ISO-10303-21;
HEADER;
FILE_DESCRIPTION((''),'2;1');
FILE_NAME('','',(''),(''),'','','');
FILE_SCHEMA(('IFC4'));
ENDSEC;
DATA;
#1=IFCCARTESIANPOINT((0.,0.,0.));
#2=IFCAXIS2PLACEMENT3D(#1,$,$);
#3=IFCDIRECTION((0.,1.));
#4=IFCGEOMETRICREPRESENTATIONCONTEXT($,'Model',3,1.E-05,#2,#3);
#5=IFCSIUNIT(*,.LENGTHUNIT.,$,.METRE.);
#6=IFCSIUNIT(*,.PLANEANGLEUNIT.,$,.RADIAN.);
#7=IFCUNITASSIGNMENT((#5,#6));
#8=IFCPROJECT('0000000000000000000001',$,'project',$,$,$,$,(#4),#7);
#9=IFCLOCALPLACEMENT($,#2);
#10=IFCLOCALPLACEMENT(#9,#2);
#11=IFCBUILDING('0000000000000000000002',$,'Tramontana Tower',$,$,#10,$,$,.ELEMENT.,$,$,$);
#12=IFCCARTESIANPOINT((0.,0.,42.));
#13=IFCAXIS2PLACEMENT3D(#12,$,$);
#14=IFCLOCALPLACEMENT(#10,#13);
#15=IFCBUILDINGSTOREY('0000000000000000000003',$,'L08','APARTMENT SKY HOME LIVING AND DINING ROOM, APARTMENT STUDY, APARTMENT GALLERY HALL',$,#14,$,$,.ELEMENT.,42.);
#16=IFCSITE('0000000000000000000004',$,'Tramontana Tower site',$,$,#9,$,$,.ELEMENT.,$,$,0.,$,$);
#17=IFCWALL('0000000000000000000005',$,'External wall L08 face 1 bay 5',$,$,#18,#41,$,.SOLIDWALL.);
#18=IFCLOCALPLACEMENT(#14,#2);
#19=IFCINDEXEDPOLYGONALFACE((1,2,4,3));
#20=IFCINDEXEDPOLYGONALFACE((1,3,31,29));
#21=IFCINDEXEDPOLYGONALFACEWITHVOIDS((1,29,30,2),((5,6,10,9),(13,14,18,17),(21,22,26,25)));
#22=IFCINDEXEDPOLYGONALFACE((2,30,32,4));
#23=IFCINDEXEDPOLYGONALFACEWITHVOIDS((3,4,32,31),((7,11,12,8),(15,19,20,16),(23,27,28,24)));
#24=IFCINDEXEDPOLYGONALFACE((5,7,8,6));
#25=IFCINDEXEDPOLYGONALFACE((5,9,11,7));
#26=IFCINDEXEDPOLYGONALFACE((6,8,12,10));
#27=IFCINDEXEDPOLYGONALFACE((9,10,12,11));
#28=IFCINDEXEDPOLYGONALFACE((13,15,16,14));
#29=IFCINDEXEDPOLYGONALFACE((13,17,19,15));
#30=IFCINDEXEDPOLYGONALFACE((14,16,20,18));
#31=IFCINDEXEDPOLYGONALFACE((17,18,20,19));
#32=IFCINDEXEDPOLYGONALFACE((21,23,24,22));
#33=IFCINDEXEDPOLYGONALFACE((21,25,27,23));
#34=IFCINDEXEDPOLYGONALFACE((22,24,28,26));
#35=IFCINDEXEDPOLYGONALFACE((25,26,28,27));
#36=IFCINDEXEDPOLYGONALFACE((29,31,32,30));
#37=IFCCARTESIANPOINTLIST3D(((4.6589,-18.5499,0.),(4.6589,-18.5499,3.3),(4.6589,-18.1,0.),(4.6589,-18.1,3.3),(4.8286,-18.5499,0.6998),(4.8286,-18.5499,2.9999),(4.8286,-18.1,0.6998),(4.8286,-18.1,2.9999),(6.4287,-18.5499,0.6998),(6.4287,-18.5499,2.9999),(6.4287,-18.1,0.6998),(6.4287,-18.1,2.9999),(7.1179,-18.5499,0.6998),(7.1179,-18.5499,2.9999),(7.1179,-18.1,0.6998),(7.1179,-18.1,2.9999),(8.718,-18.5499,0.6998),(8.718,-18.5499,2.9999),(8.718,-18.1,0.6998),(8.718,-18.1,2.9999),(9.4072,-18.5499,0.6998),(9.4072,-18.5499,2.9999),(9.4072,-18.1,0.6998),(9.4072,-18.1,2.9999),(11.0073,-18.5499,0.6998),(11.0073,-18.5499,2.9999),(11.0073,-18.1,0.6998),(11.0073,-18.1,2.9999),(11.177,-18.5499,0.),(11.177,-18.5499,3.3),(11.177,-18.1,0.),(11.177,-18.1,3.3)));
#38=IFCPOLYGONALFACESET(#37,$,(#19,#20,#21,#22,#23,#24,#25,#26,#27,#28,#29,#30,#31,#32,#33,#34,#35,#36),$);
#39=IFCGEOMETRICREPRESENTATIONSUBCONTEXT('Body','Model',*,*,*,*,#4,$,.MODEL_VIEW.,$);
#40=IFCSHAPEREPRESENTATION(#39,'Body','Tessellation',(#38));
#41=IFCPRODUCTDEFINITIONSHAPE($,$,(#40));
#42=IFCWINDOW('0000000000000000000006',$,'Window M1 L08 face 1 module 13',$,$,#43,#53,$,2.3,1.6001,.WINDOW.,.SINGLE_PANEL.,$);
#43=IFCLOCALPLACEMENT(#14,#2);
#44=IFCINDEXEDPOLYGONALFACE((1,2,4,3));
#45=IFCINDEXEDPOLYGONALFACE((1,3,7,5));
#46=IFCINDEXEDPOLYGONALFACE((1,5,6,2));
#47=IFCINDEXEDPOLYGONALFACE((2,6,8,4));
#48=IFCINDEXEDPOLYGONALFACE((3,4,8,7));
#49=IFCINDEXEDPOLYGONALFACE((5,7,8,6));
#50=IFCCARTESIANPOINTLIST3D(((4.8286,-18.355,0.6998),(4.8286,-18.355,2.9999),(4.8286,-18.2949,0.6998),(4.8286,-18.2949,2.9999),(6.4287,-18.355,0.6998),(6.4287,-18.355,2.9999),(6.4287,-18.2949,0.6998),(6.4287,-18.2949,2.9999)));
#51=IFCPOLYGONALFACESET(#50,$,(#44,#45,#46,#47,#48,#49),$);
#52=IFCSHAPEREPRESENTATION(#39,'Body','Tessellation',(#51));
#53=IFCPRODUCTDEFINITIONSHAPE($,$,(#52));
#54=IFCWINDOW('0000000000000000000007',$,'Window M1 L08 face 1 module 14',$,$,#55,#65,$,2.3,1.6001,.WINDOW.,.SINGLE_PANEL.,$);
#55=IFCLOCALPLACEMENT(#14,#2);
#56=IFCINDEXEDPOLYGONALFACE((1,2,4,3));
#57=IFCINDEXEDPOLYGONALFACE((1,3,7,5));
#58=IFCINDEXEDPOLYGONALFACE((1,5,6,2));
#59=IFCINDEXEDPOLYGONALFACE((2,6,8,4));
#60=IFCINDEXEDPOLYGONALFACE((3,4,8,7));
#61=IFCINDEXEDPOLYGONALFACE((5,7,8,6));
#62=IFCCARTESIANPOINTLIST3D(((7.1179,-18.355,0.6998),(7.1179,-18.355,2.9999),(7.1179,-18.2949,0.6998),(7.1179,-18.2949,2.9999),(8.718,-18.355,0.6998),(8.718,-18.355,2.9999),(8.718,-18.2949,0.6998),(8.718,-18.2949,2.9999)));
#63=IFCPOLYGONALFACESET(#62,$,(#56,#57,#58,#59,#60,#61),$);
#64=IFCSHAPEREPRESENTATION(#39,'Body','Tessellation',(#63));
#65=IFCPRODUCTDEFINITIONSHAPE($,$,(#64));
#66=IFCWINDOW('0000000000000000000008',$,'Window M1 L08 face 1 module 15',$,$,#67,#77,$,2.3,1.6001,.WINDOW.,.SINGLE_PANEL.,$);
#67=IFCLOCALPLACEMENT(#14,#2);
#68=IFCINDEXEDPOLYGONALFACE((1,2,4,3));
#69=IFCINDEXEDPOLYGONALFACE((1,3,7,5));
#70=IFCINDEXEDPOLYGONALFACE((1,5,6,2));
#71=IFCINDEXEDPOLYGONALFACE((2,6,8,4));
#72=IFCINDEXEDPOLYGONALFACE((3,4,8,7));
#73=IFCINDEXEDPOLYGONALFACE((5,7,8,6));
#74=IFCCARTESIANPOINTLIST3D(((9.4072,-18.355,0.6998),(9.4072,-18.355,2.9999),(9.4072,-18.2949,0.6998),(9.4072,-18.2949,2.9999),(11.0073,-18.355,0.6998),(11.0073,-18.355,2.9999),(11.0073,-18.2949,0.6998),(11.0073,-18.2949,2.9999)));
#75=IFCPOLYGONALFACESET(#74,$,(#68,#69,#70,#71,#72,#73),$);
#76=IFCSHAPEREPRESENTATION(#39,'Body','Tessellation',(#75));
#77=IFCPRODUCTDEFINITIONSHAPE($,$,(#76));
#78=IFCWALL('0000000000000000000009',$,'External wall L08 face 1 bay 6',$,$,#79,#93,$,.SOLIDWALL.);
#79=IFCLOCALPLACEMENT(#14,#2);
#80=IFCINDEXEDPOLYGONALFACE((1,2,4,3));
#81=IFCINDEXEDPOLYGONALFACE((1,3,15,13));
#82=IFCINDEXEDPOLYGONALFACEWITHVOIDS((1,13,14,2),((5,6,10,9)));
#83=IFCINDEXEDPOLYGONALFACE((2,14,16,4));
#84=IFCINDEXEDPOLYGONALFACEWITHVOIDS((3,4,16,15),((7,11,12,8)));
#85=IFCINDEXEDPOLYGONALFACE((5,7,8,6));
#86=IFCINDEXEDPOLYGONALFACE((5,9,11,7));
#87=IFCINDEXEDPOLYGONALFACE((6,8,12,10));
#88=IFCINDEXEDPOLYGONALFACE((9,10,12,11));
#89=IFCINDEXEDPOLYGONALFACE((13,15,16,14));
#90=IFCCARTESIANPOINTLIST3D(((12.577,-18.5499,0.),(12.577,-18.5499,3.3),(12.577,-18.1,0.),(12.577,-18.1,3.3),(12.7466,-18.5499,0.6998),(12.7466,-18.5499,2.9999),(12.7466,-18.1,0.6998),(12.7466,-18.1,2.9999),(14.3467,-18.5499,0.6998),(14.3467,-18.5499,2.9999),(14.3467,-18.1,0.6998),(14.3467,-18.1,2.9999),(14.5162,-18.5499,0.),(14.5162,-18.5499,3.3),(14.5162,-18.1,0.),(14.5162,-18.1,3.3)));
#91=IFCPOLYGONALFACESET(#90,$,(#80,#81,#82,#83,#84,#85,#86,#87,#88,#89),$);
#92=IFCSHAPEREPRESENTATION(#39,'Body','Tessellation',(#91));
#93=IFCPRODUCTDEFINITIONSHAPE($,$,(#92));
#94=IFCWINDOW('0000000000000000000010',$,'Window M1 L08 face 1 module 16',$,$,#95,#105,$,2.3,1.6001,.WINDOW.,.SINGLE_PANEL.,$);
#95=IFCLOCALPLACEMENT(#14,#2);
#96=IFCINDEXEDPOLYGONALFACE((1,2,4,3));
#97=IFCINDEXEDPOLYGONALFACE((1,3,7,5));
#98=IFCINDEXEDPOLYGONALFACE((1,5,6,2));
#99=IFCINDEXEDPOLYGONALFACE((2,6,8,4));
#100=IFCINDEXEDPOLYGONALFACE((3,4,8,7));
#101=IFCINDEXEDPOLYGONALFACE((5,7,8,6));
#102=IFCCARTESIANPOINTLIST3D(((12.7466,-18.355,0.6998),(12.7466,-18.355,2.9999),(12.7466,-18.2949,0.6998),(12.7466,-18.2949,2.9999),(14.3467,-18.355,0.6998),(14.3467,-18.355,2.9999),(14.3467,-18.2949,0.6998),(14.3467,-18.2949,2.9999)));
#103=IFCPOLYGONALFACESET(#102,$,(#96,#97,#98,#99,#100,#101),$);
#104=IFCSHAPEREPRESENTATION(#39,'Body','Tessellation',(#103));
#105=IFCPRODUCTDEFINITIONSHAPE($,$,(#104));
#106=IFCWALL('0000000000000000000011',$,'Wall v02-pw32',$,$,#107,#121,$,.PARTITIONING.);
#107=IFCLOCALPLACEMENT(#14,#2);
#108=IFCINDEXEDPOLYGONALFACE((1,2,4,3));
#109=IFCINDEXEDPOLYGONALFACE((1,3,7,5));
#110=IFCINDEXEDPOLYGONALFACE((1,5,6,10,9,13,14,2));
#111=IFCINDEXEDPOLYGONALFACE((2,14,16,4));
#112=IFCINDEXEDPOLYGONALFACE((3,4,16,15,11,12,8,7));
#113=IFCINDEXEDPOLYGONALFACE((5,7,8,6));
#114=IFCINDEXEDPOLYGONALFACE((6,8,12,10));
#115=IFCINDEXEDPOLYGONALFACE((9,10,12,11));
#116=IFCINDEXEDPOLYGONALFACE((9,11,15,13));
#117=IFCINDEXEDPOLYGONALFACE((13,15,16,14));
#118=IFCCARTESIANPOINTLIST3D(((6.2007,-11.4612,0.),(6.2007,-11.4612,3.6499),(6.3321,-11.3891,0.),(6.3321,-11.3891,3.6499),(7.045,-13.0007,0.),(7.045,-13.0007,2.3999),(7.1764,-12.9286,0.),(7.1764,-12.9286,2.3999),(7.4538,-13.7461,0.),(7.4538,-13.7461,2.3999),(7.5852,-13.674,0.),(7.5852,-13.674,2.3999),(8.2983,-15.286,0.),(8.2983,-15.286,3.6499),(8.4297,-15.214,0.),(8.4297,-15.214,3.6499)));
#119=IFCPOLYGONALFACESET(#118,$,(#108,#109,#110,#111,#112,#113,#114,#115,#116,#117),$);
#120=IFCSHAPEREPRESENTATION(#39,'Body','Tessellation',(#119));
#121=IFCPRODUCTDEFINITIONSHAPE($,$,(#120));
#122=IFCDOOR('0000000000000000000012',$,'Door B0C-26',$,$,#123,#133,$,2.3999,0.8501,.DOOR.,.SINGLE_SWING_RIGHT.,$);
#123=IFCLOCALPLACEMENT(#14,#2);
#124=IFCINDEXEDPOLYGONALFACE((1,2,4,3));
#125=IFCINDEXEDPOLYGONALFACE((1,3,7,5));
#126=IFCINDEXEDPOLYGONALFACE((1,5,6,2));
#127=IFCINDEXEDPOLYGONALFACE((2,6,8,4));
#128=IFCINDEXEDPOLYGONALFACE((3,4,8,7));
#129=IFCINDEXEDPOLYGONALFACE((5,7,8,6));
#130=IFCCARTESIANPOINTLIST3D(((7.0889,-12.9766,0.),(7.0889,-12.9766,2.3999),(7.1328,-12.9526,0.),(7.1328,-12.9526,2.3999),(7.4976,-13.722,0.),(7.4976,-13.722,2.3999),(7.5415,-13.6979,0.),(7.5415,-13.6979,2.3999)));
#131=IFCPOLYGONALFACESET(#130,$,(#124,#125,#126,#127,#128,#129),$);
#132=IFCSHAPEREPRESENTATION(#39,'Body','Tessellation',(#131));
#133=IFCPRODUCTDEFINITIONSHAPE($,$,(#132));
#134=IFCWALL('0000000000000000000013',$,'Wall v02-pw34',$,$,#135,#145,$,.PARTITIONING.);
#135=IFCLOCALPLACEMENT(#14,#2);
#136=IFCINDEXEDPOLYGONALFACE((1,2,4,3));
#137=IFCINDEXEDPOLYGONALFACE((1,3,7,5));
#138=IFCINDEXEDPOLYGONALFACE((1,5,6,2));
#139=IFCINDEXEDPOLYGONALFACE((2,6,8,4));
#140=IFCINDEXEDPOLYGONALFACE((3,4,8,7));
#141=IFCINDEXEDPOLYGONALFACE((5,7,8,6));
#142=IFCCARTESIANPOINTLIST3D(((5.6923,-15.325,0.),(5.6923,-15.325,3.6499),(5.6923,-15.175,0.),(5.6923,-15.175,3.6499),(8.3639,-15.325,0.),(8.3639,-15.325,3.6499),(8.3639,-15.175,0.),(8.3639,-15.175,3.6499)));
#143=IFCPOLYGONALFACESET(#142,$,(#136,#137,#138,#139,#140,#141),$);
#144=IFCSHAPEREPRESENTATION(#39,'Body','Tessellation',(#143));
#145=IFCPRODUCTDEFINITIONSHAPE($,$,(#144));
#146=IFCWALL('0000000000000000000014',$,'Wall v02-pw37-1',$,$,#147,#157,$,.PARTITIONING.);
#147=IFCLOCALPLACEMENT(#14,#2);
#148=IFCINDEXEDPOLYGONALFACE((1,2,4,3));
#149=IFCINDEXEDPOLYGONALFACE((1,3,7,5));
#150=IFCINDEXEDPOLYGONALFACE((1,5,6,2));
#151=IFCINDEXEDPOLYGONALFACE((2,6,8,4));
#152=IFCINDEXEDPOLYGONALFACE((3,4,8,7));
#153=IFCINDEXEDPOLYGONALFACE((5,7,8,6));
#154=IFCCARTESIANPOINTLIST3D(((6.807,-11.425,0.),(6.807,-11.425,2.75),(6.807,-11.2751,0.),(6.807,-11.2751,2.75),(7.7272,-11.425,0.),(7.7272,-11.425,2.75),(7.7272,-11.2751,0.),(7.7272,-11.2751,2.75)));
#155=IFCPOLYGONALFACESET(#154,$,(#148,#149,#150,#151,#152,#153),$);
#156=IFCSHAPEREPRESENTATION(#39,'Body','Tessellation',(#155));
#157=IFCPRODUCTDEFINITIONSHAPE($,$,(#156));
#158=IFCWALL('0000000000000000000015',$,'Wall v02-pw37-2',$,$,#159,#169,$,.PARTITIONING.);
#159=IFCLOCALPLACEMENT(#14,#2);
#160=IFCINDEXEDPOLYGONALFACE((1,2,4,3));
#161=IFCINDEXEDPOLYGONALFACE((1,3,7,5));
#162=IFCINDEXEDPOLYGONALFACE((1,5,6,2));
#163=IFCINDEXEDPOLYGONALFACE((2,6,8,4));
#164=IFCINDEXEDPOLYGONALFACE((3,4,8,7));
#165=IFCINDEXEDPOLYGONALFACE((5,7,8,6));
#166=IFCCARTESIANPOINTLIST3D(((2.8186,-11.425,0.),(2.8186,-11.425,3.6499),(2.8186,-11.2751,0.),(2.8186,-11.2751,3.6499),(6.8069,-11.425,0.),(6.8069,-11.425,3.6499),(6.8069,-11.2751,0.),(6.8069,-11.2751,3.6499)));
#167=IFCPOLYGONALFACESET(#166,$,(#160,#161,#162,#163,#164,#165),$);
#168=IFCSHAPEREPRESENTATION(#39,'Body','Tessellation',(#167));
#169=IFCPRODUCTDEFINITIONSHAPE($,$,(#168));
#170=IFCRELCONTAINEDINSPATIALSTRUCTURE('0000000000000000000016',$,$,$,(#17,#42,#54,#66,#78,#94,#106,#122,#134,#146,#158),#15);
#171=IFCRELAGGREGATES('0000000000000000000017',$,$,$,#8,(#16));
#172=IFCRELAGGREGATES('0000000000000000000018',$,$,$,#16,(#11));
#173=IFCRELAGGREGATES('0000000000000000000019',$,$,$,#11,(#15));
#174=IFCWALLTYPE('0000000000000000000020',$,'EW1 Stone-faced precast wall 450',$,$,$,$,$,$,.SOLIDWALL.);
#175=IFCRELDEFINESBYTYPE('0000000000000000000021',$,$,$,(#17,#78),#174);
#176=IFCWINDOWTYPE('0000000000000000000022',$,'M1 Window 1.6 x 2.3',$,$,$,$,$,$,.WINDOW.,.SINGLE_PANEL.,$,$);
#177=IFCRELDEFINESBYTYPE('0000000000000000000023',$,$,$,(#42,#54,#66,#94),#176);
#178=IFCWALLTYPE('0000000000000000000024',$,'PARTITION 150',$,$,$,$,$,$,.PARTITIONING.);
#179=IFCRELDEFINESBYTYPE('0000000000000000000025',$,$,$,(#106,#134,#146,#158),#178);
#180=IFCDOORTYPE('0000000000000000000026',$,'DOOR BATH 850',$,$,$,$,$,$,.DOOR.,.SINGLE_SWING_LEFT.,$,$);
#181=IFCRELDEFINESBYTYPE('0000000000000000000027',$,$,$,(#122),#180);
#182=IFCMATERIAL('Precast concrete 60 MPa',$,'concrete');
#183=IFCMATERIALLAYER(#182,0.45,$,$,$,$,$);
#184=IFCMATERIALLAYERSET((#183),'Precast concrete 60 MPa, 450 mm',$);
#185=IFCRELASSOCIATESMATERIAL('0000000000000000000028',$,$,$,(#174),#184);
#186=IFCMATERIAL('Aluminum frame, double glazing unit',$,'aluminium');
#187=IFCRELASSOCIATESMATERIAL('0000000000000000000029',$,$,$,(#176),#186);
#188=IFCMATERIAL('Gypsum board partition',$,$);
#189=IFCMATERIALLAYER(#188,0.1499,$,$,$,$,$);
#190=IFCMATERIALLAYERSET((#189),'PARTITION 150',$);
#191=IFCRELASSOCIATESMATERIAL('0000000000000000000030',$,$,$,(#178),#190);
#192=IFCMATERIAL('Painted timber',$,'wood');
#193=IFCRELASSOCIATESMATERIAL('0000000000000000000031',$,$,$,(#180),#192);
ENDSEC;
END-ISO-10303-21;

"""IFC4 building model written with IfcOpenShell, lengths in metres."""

from ifc_helpers import new_model, si_unit, direction, frame, frame_2d, origin, place, context, subcontext, project, spatial, rectangle, extrude, material, layer, layer_set, type_object, element, fill, save


model = new_model("IFC4")

# Units and contexts
model_context = context("Model", 3, precision=1e-05, world=origin(), true_north=direction((0.0, 1.0)))
body_context = subcontext(model_context, "Body", "Model", "MODEL_VIEW")
ifc_project = project(units=[si_unit("LENGTHUNIT", "METRE"), si_unit("PLANEANGLEUNIT", "RADIAN")], contexts=[model_context])

# Site, building, storey
site_placement = place(None, origin())
site = spatial("IfcSite", under=ifc_project, at=site_placement, Name="Tramontana Tower site", CompositionType="ELEMENT", RefElevation=0.0)
building_placement = place(site_placement, origin())
building = spatial("IfcBuilding", under=site, at=building_placement, Name="Tramontana Tower", CompositionType="ELEMENT")
storey_placement = place(building_placement, frame((0.0, 0.0, 42.0)))
storey = spatial("IfcBuildingStorey", under=building, at=storey_placement, Name="L08", Description="APARTMENT SKY HOME LIVING AND DINING ROOM, APARTMENT STUDY, APARTMENT GALLERY HALL", CompositionType="ELEMENT", Elevation=42.0)

# Wall, openings, windows
ifc_material_1 = material(Name="Precast concrete 60 MPa", Category="concrete")
ifc_layer_1 = layer(ifc_material_1, 0.45)
ifc_layer_set_1 = layer_set([ifc_layer_1], Name="Precast concrete 60 MPa, 450 mm")
wall_type_1 = type_object("IfcWallType", Name="EW1 Stone-faced precast wall 450", PredefinedType="SOLIDWALL", material=ifc_layer_set_1)
wall_1_placement = place(storey_placement, frame((4.6589, -18.325, 0.0), z_axis=(0.0, 0.0, 1.0), x_axis=(1.0, 0.0, 0.0)))
wall_1 = element("IfcWall", 1, at=wall_1_placement, inside=storey, type_object=wall_type_1, Name="External wall L08 face 1 bay 5", PredefinedType="SOLIDWALL", context=body_context, shape_type="SweptSolid", body=[
    extrude(rectangle(XDim=6.5181, YDim=0.45, at=frame_2d((3.259, 0.0))), origin(), (0.0, 0.0, 1.0), 3.3),
])
opening_1_placement = place(wall_1_placement, frame((0.1697, 0.0, 0.7)))
opening_1 = element("IfcOpeningElement", 2, at=opening_1_placement, cuts=wall_1, PredefinedType="OPENING", context=body_context, shape_type="SweptSolid", body=[
    extrude(rectangle(XDim=1.6001, YDim=2.3, at=frame_2d((0.8, 1.1499))), frame((0.0, 0.2349, 0.0), z_axis=(0.0, -1.0, 0.0), x_axis=(1.0, 0.0, 0.0)), (0.0, 0.0, 1.0), 0.47),
])
opening_2_placement = place(wall_1_placement, frame((2.459, 0.0, 0.7)))
opening_2 = element("IfcOpeningElement", 3, at=opening_2_placement, cuts=wall_1, PredefinedType="OPENING", context=body_context, shape_type="SweptSolid", body=[
    extrude(rectangle(XDim=1.6001, YDim=2.3, at=frame_2d((0.8, 1.1499))), frame((0.0, 0.2349, 0.0), z_axis=(0.0, -1.0, 0.0), x_axis=(1.0, 0.0, 0.0)), (0.0, 0.0, 1.0), 0.47),
])
opening_3_placement = place(wall_1_placement, frame((4.7483, 0.0, 0.7)))
opening_3 = element("IfcOpeningElement", 4, at=opening_3_placement, cuts=wall_1, PredefinedType="OPENING", context=body_context, shape_type="SweptSolid", body=[
    extrude(rectangle(XDim=1.6001, YDim=2.3, at=frame_2d((0.8, 1.1499))), frame((0.0, 0.2349, 0.0), z_axis=(0.0, -1.0, 0.0), x_axis=(1.0, 0.0, 0.0)), (0.0, 0.0, 1.0), 0.47),
])
ifc_material_2 = material(Name="Aluminum frame, double glazing unit", Category="aluminium")
window_type = type_object("IfcWindowType", Name="M1 Window 1.6 x 2.3", PartitioningType="SINGLE_PANEL", PredefinedType="WINDOW", material=ifc_material_2)
window_1_placement = place(opening_1_placement, origin())
window_1 = element("IfcWindow", 5, at=window_1_placement, inside=storey, type_object=window_type, Name="Window M1 L08 face 1 module 13", OverallHeight=2.3, OverallWidth=1.6001, PartitioningType="SINGLE_PANEL", PredefinedType="WINDOW", context=body_context, shape_type="SweptSolid", body=[
    extrude(rectangle(XDim=1.6001, YDim=2.3, at=frame_2d((0.8, 1.1499))), frame((0.0, 0.03, 0.0), z_axis=(0.0, -1.0, 0.0), x_axis=(1.0, 0.0, 0.0)), (0.0, 0.0, 1.0), 0.0601),
])
fill(opening_1, window_1)
window_2_placement = place(opening_2_placement, origin())
window_2 = element("IfcWindow", 6, at=window_2_placement, inside=storey, type_object=window_type, Name="Window M1 L08 face 1 module 14", OverallHeight=2.3, OverallWidth=1.6001, PartitioningType="SINGLE_PANEL", PredefinedType="WINDOW", context=body_context, shape_type="SweptSolid", body=[
    extrude(rectangle(XDim=1.6001, YDim=2.3, at=frame_2d((0.8, 1.1499))), frame((0.0, 0.03, 0.0), z_axis=(0.0, -1.0, 0.0), x_axis=(1.0, 0.0, 0.0)), (0.0, 0.0, 1.0), 0.0601),
])
fill(opening_2, window_2)
window_3_placement = place(opening_3_placement, origin())
window_3 = element("IfcWindow", 7, at=window_3_placement, inside=storey, type_object=window_type, Name="Window M1 L08 face 1 module 15", OverallHeight=2.3, OverallWidth=1.6001, PartitioningType="SINGLE_PANEL", PredefinedType="WINDOW", context=body_context, shape_type="SweptSolid", body=[
    extrude(rectangle(XDim=1.6001, YDim=2.3, at=frame_2d((0.8, 1.1499))), frame((0.0, 0.03, 0.0), z_axis=(0.0, -1.0, 0.0), x_axis=(1.0, 0.0, 0.0)), (0.0, 0.0, 1.0), 0.0601),
])
fill(opening_3, window_3)

# Wall, opening, window
wall_2_placement = place(storey_placement, frame((12.5769, -18.325, 0.0), z_axis=(0.0, 0.0, 1.0), x_axis=(1.0, 0.0, 0.0)))
wall_2 = element("IfcWall", 8, at=wall_2_placement, inside=storey, type_object=wall_type_1, Name="External wall L08 face 1 bay 6", PredefinedType="SOLIDWALL", context=body_context, shape_type="SweptSolid", body=[
    extrude(rectangle(XDim=1.9392, YDim=0.45, at=frame_2d((0.9697, 0.0))), origin(), (0.0, 0.0, 1.0), 3.3),
])
opening_4_placement = place(wall_2_placement, frame((0.1697, 0.0, 0.7)))
opening_4 = element("IfcOpeningElement", 9, at=opening_4_placement, cuts=wall_2, PredefinedType="OPENING", context=body_context, shape_type="SweptSolid", body=[
    extrude(rectangle(XDim=1.6001, YDim=2.3, at=frame_2d((0.8, 1.1499))), frame((0.0, 0.2349, 0.0), z_axis=(0.0, -1.0, 0.0), x_axis=(1.0, 0.0, 0.0)), (0.0, 0.0, 1.0), 0.47),
])
window_4_placement = place(opening_4_placement, origin())
window_4 = element("IfcWindow", 10, at=window_4_placement, inside=storey, type_object=window_type, Name="Window M1 L08 face 1 module 16", OverallHeight=2.3, OverallWidth=1.6001, PartitioningType="SINGLE_PANEL", PredefinedType="WINDOW", context=body_context, shape_type="SweptSolid", body=[
    extrude(rectangle(XDim=1.6001, YDim=2.3, at=frame_2d((0.8, 1.1499))), frame((0.0, 0.03, 0.0), z_axis=(0.0, -1.0, 0.0), x_axis=(1.0, 0.0, 0.0)), (0.0, 0.0, 1.0), 0.0601),
])
fill(opening_4, window_4)

# Wall, opening, door
ifc_material_3 = material(Name="Gypsum board partition")
ifc_layer_2 = layer(ifc_material_3, 0.1499)
ifc_layer_set_2 = layer_set([ifc_layer_2], Name="PARTITION 150")
wall_type_2 = type_object("IfcWallType", Name="PARTITION 150", PredefinedType="PARTITIONING", material=ifc_layer_set_2)
wall_3_placement = place(storey_placement, frame((8.364, -15.25, 0.0), z_axis=(0.0, 0.0, 1.0), x_axis=(-0.480851, 0.876803, 0.0)))
wall_3 = element("IfcWall", 11, at=wall_3_placement, inside=storey, type_object=wall_type_2, Name="Wall v02-pw32", PredefinedType="PARTITIONING", context=body_context, shape_type="SweptSolid", body=[
    extrude(rectangle(XDim=4.3623, YDim=0.1499, at=frame_2d((2.1812, 0.0))), origin(), (0.0, 0.0, 1.0), 3.6499),
])
opening_5_placement = place(wall_3_placement, frame((1.7563, 0.0, 0.0)))
opening_5 = element("IfcOpeningElement", 12, at=opening_5_placement, cuts=wall_3, PredefinedType="OPENING", context=body_context, shape_type="SweptSolid", body=[
    extrude(rectangle(XDim=0.8501, YDim=2.3999, at=frame_2d((0.425, 1.2))), frame((0.0, 0.085, 0.0), z_axis=(0.0, -1.0, 0.0), x_axis=(1.0, 0.0, 0.0)), (0.0, 0.0, 1.0), 0.1699),
])
ifc_material_4 = material(Name="Painted timber", Category="wood")
door_type_1 = type_object("IfcDoorType", Name="DOOR BATH 850", OperationType="SINGLE_SWING_LEFT", PredefinedType="DOOR", material=ifc_material_4)
door_1_placement = place(opening_5_placement, origin())
door_1 = element("IfcDoor", 13, at=door_1_placement, inside=storey, type_object=door_type_1, Name="Door B0C-26", OperationType="SINGLE_SWING_RIGHT", OverallHeight=2.3999, OverallWidth=0.8501, PredefinedType="DOOR", context=body_context, shape_type="SweptSolid", body=[
    extrude(rectangle(XDim=0.8501, YDim=2.3999, at=frame_2d((0.425, 1.2))), frame((0.0, 0.0249, 0.0), z_axis=(0.0, -1.0, 0.0), x_axis=(1.0, 0.0, 0.0)), (0.0, 0.0, 1.0), 0.05),
])
fill(opening_5, door_1)

# Wall
wall_4_placement = place(storey_placement, frame((8.364, -15.25, 0.0), z_axis=(0.0, 0.0, 1.0), x_axis=(-1.0, 0.0, 0.0)))
element("IfcWall", 14, at=wall_4_placement, inside=storey, type_object=wall_type_2, Name="Wall v02-pw34", PredefinedType="PARTITIONING", context=body_context, shape_type="SweptSolid", body=[
    extrude(rectangle(XDim=2.6716, YDim=0.1499, at=frame_2d((1.3359, 0.0))), origin(), (0.0, 0.0, 1.0), 3.6499),
])

# Walls
wall_5_placement = place(storey_placement, frame((7.7271, -11.3501, 0.0), z_axis=(0.0, 0.0, 1.0), x_axis=(-1.0, 0.0, 0.0)))
element("IfcWall", 15, at=wall_5_placement, inside=storey, type_object=wall_type_2, Name="Wall v02-pw37-1", PredefinedType="PARTITIONING", context=body_context, shape_type="SweptSolid", body=[
    extrude(rectangle(XDim=0.9202, YDim=0.1499, at=frame_2d((0.46, 0.0))), origin(), (0.0, 0.0, 1.0), 2.75),
])
wall_6_placement = place(storey_placement, frame((6.8069, -11.3501, 0.0), z_axis=(0.0, 0.0, 1.0), x_axis=(-1.0, 0.0, 0.0)))
element("IfcWall", 16, at=wall_6_placement, inside=storey, type_object=wall_type_2, Name="Wall v02-pw37-2", PredefinedType="PARTITIONING", context=body_context, shape_type="SweptSolid", body=[
    extrude(rectangle(XDim=3.9883, YDim=0.1499, at=frame_2d((1.9941, 0.0))), origin(), (0.0, 0.0, 1.0), 3.6499),
])

save(model, "model.ifc")
